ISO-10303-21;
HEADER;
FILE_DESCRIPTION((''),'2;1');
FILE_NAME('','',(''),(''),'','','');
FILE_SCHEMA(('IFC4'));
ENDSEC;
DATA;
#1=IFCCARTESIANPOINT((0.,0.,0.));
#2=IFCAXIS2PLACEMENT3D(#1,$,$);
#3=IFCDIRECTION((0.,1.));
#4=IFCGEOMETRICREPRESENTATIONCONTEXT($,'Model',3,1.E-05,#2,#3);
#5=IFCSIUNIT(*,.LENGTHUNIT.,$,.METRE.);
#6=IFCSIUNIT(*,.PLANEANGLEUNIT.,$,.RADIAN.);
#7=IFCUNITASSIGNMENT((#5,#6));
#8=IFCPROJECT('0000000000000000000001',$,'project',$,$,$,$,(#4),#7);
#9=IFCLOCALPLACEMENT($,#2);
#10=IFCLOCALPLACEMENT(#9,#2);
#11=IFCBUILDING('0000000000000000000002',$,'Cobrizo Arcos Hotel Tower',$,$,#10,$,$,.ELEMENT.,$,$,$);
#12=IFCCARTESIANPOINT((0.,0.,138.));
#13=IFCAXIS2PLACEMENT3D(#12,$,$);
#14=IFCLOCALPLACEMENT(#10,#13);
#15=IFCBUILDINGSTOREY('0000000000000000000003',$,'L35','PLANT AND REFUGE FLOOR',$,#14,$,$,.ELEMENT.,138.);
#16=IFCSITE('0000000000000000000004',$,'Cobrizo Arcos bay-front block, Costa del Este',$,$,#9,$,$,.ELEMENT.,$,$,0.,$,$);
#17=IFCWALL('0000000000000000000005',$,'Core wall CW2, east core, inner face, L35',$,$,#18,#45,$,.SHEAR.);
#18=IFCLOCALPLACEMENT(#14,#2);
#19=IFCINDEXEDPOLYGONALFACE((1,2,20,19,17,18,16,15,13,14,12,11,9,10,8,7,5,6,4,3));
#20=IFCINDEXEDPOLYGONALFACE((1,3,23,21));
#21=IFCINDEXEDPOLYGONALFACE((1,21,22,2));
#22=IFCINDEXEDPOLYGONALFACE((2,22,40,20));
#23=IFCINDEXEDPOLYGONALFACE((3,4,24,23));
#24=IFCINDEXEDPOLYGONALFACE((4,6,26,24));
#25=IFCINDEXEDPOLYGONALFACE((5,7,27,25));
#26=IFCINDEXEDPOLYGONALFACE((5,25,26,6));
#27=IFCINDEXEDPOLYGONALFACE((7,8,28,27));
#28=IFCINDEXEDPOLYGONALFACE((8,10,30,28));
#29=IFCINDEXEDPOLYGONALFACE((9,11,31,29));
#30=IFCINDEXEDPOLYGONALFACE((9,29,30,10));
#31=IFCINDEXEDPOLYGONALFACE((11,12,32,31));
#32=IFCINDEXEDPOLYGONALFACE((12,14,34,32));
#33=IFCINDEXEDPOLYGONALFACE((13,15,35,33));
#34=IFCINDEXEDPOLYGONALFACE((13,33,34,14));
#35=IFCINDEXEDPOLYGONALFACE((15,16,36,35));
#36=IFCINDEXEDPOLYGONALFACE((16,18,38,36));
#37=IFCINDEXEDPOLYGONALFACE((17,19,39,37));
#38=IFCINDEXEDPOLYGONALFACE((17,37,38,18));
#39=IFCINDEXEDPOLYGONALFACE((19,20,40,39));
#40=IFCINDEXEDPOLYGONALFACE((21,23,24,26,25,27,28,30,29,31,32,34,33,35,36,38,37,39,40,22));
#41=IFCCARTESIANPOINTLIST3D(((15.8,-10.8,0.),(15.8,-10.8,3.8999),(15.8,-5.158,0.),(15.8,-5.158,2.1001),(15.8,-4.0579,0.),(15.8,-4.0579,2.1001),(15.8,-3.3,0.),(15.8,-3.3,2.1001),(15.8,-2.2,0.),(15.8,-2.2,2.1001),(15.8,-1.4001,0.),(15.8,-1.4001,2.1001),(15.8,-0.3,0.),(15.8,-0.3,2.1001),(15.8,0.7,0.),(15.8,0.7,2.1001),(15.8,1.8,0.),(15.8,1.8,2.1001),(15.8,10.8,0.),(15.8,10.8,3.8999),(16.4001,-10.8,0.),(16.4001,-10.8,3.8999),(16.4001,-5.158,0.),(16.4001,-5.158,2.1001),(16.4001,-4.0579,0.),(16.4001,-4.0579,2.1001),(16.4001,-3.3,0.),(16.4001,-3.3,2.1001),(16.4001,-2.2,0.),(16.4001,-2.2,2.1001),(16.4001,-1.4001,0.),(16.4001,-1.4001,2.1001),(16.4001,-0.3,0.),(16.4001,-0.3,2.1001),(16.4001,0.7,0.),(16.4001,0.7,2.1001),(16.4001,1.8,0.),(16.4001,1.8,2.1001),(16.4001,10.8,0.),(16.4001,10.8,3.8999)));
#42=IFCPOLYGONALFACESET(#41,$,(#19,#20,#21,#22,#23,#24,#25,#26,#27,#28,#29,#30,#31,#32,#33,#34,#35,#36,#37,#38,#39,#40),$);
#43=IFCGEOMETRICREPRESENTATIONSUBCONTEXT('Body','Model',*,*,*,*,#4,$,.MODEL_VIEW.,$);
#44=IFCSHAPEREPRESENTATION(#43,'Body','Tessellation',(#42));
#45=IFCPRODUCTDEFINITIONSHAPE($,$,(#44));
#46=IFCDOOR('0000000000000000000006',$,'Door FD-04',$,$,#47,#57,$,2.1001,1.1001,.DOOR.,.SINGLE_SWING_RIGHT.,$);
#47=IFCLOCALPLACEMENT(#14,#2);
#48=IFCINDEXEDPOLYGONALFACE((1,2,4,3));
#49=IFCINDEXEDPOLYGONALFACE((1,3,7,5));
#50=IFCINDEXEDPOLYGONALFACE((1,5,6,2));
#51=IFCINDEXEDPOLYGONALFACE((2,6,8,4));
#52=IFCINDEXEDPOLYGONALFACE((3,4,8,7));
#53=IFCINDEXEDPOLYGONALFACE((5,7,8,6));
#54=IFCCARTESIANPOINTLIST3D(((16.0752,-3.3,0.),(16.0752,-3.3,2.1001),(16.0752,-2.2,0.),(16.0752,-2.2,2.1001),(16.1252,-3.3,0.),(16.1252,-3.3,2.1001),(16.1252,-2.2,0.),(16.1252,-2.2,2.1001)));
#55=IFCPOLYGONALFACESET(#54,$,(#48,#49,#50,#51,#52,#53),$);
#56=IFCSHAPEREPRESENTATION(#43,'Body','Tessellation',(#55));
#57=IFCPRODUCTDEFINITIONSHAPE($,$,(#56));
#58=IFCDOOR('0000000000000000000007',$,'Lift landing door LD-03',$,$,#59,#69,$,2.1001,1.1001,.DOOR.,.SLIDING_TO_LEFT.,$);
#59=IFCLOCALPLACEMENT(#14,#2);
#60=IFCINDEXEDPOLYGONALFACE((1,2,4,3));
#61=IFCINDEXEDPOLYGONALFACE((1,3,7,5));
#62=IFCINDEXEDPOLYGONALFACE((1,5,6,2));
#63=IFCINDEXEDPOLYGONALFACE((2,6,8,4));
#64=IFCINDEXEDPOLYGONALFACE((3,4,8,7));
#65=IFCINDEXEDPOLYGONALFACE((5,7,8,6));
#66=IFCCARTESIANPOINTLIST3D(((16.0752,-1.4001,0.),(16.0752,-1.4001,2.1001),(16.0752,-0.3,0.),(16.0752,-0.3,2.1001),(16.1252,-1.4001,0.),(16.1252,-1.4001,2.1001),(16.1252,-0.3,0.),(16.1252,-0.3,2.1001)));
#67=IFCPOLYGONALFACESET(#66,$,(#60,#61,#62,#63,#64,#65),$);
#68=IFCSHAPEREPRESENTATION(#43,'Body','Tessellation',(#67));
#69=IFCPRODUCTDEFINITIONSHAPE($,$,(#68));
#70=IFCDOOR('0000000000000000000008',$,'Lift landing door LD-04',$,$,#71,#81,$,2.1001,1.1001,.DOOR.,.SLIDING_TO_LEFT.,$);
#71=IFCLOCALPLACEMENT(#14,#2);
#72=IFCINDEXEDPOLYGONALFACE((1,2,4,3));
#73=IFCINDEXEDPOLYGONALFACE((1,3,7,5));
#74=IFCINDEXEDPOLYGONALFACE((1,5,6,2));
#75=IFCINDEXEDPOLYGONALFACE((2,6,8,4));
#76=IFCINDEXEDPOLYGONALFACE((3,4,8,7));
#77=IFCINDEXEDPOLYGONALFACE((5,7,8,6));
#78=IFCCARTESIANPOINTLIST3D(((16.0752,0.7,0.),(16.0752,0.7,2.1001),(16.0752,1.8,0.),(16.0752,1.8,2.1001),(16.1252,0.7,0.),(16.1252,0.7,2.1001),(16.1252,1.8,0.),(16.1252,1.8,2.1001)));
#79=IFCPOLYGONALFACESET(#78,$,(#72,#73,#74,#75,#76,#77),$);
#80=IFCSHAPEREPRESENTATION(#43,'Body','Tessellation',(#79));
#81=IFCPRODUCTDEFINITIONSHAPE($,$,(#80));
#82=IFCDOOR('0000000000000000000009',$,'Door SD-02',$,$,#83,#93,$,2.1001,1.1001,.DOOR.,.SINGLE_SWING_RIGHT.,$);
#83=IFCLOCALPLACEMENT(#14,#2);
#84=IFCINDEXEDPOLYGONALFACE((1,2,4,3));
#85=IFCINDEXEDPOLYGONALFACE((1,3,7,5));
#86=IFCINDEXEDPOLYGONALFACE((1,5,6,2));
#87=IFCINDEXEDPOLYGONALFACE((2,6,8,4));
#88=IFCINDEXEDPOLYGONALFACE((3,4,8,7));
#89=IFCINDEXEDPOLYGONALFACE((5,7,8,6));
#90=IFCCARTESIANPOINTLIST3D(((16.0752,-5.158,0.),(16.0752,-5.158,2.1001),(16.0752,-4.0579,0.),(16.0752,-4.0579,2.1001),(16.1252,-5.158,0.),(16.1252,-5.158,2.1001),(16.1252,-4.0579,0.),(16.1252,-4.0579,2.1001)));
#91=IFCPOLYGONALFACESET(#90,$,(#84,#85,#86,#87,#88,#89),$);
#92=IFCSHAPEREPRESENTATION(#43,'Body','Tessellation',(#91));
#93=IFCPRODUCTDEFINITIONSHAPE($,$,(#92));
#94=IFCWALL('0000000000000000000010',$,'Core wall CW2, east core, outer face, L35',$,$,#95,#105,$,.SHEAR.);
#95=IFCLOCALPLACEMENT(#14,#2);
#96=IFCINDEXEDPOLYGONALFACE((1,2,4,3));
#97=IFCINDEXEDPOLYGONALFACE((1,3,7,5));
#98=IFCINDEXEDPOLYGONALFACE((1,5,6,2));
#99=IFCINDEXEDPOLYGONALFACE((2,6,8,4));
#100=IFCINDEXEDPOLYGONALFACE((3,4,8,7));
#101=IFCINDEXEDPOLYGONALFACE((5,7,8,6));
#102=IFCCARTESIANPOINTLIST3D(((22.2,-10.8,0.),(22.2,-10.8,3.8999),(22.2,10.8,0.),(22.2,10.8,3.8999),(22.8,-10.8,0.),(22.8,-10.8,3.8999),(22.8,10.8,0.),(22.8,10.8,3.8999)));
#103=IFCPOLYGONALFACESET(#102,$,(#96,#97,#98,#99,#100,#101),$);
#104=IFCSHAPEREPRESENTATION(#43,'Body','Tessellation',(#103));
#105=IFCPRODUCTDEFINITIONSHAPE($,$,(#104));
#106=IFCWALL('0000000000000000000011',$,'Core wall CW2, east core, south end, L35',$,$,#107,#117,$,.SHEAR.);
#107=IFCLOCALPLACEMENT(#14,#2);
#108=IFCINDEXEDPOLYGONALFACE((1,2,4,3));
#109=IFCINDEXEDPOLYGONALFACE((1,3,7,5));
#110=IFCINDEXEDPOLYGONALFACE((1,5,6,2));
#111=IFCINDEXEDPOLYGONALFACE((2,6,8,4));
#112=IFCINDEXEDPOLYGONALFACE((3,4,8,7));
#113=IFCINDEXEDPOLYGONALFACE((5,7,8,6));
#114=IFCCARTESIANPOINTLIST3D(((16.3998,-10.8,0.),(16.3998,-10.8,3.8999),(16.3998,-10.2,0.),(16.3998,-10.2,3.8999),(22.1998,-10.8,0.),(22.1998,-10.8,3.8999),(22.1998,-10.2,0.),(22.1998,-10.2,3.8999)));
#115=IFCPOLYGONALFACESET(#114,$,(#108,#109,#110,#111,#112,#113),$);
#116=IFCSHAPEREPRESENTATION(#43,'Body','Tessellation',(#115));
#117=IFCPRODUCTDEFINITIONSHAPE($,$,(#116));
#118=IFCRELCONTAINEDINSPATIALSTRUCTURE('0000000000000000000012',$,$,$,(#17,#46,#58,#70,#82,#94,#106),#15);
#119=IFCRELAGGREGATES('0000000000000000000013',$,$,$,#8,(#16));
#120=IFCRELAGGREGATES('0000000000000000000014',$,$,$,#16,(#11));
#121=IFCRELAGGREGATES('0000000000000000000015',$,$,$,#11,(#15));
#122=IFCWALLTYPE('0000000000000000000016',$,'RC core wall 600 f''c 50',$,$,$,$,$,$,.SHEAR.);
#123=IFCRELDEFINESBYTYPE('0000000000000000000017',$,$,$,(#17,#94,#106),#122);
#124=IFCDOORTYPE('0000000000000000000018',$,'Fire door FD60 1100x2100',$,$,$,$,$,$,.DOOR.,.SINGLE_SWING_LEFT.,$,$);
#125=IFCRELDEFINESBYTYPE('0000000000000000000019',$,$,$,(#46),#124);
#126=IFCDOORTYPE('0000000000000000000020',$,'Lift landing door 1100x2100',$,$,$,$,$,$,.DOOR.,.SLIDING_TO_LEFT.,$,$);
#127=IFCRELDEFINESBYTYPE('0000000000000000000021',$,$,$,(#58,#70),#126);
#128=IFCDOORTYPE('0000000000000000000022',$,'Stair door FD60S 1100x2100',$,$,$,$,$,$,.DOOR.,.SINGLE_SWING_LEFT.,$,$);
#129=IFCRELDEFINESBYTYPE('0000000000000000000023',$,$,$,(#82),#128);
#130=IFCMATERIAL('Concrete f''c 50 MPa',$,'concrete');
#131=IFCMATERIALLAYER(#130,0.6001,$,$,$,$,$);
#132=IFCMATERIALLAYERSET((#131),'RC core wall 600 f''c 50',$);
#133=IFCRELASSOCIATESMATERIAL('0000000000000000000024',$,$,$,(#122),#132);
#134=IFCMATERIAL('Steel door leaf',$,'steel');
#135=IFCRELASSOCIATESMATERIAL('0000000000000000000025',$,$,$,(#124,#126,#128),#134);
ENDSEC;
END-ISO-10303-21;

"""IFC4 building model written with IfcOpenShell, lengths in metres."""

from ifc_helpers import new_model, si_unit, direction, frame, frame_2d, origin, place, context, subcontext, project, spatial, rectangle, extrude, material, layer, layer_set, type_object, element, fill, save


model = new_model("IFC4")

# Units and contexts
model_context = context("Model", 3, precision=1e-05, world=origin(), true_north=direction((0.0, 1.0)))
body_context = subcontext(model_context, "Body", "Model", "MODEL_VIEW")
ifc_project = project(units=[si_unit("LENGTHUNIT", "METRE"), si_unit("PLANEANGLEUNIT", "RADIAN")], contexts=[model_context])

# Site, building, storey
site_placement = place(None, origin())
site = spatial("IfcSite", under=ifc_project, at=site_placement, Name="Cobrizo Arcos bay-front block, Costa del Este", CompositionType="ELEMENT", RefElevation=0.0)
building_placement = place(site_placement, origin())
building = spatial("IfcBuilding", under=site, at=building_placement, Name="Cobrizo Arcos Hotel Tower", CompositionType="ELEMENT")
storey_placement = place(building_placement, frame((0.0, 0.0, 138.0)))
storey = spatial("IfcBuildingStorey", under=building, at=storey_placement, Name="L35", Description="PLANT AND REFUGE FLOOR", CompositionType="ELEMENT", Elevation=138.0)

# Wall, openings, doors
ifc_material_1 = material(Name="Concrete f'c 50 MPa", Category="concrete")
ifc_layer_1 = layer(ifc_material_1, 0.6001)
ifc_layer_set_1 = layer_set([ifc_layer_1], Name="RC core wall 600 f'c 50")
wall_type_1 = type_object("IfcWallType", Name="RC core wall 600 f'c 50", PredefinedType="SHEAR", material=ifc_layer_set_1)
wall_1_placement = place(storey_placement, frame((16.1001, -10.8, 0.0), z_axis=(0.0, 0.0, 1.0), x_axis=(0.0, 1.0, 0.0)))
wall_1 = element("IfcWall", 1, at=wall_1_placement, inside=storey, type_object=wall_type_1, Name="Core wall CW2, east core, inner face, L35", PredefinedType="SHEAR", context=body_context, shape_type="SweptSolid", body=[
    extrude(rectangle(XDim=21.6001, YDim=0.6001, at=frame_2d((10.8, 0.0))), origin(), (0.0, 0.0, 1.0), 3.8999),
])
opening_1_placement = place(wall_1_placement, frame((9.3999, 0.0, 0.0)))
opening_1 = element("IfcOpeningElement", 2, at=opening_1_placement, cuts=wall_1, PredefinedType="OPENING", context=body_context, shape_type="SweptSolid", body=[
    extrude(rectangle(XDim=1.1001, YDim=2.1001, at=frame_2d((0.55, 1.05))), frame((0.0, 0.312, 0.0), z_axis=(0.0, -1.0, 0.0), x_axis=(1.0, 0.0, 0.0)), (0.0, 0.0, 1.0), 0.624),
])
opening_2_placement = place(wall_1_placement, frame((11.5, 0.0, 0.0)))
opening_2 = element("IfcOpeningElement", 3, at=opening_2_placement, cuts=wall_1, PredefinedType="OPENING", context=body_context, shape_type="SweptSolid", body=[
    extrude(rectangle(XDim=1.1001, YDim=2.1001, at=frame_2d((0.55, 1.05))), frame((0.0, 0.312, 0.0), z_axis=(0.0, -1.0, 0.0), x_axis=(1.0, 0.0, 0.0)), (0.0, 0.0, 1.0), 0.624),
])
opening_3_placement = place(wall_1_placement, frame((5.6421, 0.0, 0.0)))
opening_3 = element("IfcOpeningElement", 4, at=opening_3_placement, cuts=wall_1, PredefinedType="OPENING", context=body_context, shape_type="SweptSolid", body=[
    extrude(rectangle(XDim=1.1001, YDim=2.1001, at=frame_2d((0.55, 1.05))), frame((0.0, 0.312, 0.0), z_axis=(0.0, -1.0, 0.0), x_axis=(1.0, 0.0, 0.0)), (0.0, 0.0, 1.0), 0.624),
])
opening_4_placement = place(wall_1_placement, frame((7.5, 0.0, 0.0)))
opening_4 = element("IfcOpeningElement", 5, at=opening_4_placement, cuts=wall_1, PredefinedType="OPENING", context=body_context, shape_type="SweptSolid", body=[
    extrude(rectangle(XDim=1.1001, YDim=2.1001, at=frame_2d((0.55, 1.05))), frame((0.0, 0.312, 0.0), z_axis=(0.0, -1.0, 0.0), x_axis=(1.0, 0.0, 0.0)), (0.0, 0.0, 1.0), 0.624),
])
ifc_material_2 = material(Name="Steel door leaf", Category="steel")
door_type_1 = type_object("IfcDoorType", Name="Fire door FD60 1100x2100", OperationType="SINGLE_SWING_LEFT", PredefinedType="DOOR", material=ifc_material_2)
door_1_placement = place(opening_4_placement, origin())
door_1 = element("IfcDoor", 6, at=door_1_placement, inside=storey, type_object=door_type_1, Name="Door FD-04", OperationType="SINGLE_SWING_RIGHT", OverallHeight=2.1001, OverallWidth=1.1001, PredefinedType="DOOR", context=body_context, shape_type="SweptSolid", body=[
    extrude(rectangle(XDim=1.1001, YDim=2.1001, at=frame_2d((0.55, 1.05))), frame((0.0, 0.0249, 0.0), z_axis=(0.0, -1.0, 0.0), x_axis=(1.0, 0.0, 0.0)), (0.0, 0.0, 1.0), 0.05),
])
fill(opening_4, door_1)
door_type_2 = type_object("IfcDoorType", Name="Lift landing door 1100x2100", OperationType="SLIDING_TO_LEFT", PredefinedType="DOOR", material=ifc_material_2)
door_2_placement = place(opening_1_placement, origin())
door_2 = element("IfcDoor", 7, at=door_2_placement, inside=storey, type_object=door_type_2, Name="Lift landing door LD-03", OperationType="SLIDING_TO_LEFT", OverallHeight=2.1001, OverallWidth=1.1001, PredefinedType="DOOR", context=body_context, shape_type="SweptSolid", body=[
    extrude(rectangle(XDim=1.1001, YDim=2.1001, at=frame_2d((0.55, 1.05))), frame((0.0, 0.0249, 0.0), z_axis=(0.0, -1.0, 0.0), x_axis=(1.0, 0.0, 0.0)), (0.0, 0.0, 1.0), 0.05),
])
fill(opening_1, door_2)
door_3_placement = place(opening_2_placement, origin())
door_3 = element("IfcDoor", 8, at=door_3_placement, inside=storey, type_object=door_type_2, Name="Lift landing door LD-04", OperationType="SLIDING_TO_LEFT", OverallHeight=2.1001, OverallWidth=1.1001, PredefinedType="DOOR", context=body_context, shape_type="SweptSolid", body=[
    extrude(rectangle(XDim=1.1001, YDim=2.1001, at=frame_2d((0.55, 1.05))), frame((0.0, 0.0249, 0.0), z_axis=(0.0, -1.0, 0.0), x_axis=(1.0, 0.0, 0.0)), (0.0, 0.0, 1.0), 0.05),
])
fill(opening_2, door_3)
door_type_3 = type_object("IfcDoorType", Name="Stair door FD60S 1100x2100", OperationType="SINGLE_SWING_LEFT", PredefinedType="DOOR", material=ifc_material_2)
door_4_placement = place(opening_3_placement, origin())
door_4 = element("IfcDoor", 9, at=door_4_placement, inside=storey, type_object=door_type_3, Name="Door SD-02", OperationType="SINGLE_SWING_RIGHT", OverallHeight=2.1001, OverallWidth=1.1001, PredefinedType="DOOR", context=body_context, shape_type="SweptSolid", body=[
    extrude(rectangle(XDim=1.1001, YDim=2.1001, at=frame_2d((0.55, 1.05))), frame((0.0, 0.0249, 0.0), z_axis=(0.0, -1.0, 0.0), x_axis=(1.0, 0.0, 0.0)), (0.0, 0.0, 1.0), 0.05),
])
fill(opening_3, door_4)

# Walls
wall_2_placement = place(storey_placement, frame((22.5, -10.8, 0.0), z_axis=(0.0, 0.0, 1.0), x_axis=(0.0, 1.0, 0.0)))
element("IfcWall", 10, at=wall_2_placement, inside=storey, type_object=wall_type_1, Name="Core wall CW2, east core, outer face, L35", PredefinedType="SHEAR", context=body_context, shape_type="SweptSolid", body=[
    extrude(rectangle(XDim=21.6001, YDim=0.6001, at=frame_2d((10.8, 0.0))), origin(), (0.0, 0.0, 1.0), 3.8999),
])
wall_3_placement = place(storey_placement, frame((16.3999, -10.5, 0.0), z_axis=(0.0, 0.0, 1.0), x_axis=(1.0, 0.0, 0.0)))
element("IfcWall", 11, at=wall_3_placement, inside=storey, type_object=wall_type_1, Name="Core wall CW2, east core, south end, L35", PredefinedType="SHEAR", context=body_context, shape_type="SweptSolid", body=[
    extrude(rectangle(XDim=5.8, YDim=0.6001, at=frame_2d((2.8999, 0.0))), origin(), (0.0, 0.0, 1.0), 3.8999),
])

save(model, "model.ifc")
